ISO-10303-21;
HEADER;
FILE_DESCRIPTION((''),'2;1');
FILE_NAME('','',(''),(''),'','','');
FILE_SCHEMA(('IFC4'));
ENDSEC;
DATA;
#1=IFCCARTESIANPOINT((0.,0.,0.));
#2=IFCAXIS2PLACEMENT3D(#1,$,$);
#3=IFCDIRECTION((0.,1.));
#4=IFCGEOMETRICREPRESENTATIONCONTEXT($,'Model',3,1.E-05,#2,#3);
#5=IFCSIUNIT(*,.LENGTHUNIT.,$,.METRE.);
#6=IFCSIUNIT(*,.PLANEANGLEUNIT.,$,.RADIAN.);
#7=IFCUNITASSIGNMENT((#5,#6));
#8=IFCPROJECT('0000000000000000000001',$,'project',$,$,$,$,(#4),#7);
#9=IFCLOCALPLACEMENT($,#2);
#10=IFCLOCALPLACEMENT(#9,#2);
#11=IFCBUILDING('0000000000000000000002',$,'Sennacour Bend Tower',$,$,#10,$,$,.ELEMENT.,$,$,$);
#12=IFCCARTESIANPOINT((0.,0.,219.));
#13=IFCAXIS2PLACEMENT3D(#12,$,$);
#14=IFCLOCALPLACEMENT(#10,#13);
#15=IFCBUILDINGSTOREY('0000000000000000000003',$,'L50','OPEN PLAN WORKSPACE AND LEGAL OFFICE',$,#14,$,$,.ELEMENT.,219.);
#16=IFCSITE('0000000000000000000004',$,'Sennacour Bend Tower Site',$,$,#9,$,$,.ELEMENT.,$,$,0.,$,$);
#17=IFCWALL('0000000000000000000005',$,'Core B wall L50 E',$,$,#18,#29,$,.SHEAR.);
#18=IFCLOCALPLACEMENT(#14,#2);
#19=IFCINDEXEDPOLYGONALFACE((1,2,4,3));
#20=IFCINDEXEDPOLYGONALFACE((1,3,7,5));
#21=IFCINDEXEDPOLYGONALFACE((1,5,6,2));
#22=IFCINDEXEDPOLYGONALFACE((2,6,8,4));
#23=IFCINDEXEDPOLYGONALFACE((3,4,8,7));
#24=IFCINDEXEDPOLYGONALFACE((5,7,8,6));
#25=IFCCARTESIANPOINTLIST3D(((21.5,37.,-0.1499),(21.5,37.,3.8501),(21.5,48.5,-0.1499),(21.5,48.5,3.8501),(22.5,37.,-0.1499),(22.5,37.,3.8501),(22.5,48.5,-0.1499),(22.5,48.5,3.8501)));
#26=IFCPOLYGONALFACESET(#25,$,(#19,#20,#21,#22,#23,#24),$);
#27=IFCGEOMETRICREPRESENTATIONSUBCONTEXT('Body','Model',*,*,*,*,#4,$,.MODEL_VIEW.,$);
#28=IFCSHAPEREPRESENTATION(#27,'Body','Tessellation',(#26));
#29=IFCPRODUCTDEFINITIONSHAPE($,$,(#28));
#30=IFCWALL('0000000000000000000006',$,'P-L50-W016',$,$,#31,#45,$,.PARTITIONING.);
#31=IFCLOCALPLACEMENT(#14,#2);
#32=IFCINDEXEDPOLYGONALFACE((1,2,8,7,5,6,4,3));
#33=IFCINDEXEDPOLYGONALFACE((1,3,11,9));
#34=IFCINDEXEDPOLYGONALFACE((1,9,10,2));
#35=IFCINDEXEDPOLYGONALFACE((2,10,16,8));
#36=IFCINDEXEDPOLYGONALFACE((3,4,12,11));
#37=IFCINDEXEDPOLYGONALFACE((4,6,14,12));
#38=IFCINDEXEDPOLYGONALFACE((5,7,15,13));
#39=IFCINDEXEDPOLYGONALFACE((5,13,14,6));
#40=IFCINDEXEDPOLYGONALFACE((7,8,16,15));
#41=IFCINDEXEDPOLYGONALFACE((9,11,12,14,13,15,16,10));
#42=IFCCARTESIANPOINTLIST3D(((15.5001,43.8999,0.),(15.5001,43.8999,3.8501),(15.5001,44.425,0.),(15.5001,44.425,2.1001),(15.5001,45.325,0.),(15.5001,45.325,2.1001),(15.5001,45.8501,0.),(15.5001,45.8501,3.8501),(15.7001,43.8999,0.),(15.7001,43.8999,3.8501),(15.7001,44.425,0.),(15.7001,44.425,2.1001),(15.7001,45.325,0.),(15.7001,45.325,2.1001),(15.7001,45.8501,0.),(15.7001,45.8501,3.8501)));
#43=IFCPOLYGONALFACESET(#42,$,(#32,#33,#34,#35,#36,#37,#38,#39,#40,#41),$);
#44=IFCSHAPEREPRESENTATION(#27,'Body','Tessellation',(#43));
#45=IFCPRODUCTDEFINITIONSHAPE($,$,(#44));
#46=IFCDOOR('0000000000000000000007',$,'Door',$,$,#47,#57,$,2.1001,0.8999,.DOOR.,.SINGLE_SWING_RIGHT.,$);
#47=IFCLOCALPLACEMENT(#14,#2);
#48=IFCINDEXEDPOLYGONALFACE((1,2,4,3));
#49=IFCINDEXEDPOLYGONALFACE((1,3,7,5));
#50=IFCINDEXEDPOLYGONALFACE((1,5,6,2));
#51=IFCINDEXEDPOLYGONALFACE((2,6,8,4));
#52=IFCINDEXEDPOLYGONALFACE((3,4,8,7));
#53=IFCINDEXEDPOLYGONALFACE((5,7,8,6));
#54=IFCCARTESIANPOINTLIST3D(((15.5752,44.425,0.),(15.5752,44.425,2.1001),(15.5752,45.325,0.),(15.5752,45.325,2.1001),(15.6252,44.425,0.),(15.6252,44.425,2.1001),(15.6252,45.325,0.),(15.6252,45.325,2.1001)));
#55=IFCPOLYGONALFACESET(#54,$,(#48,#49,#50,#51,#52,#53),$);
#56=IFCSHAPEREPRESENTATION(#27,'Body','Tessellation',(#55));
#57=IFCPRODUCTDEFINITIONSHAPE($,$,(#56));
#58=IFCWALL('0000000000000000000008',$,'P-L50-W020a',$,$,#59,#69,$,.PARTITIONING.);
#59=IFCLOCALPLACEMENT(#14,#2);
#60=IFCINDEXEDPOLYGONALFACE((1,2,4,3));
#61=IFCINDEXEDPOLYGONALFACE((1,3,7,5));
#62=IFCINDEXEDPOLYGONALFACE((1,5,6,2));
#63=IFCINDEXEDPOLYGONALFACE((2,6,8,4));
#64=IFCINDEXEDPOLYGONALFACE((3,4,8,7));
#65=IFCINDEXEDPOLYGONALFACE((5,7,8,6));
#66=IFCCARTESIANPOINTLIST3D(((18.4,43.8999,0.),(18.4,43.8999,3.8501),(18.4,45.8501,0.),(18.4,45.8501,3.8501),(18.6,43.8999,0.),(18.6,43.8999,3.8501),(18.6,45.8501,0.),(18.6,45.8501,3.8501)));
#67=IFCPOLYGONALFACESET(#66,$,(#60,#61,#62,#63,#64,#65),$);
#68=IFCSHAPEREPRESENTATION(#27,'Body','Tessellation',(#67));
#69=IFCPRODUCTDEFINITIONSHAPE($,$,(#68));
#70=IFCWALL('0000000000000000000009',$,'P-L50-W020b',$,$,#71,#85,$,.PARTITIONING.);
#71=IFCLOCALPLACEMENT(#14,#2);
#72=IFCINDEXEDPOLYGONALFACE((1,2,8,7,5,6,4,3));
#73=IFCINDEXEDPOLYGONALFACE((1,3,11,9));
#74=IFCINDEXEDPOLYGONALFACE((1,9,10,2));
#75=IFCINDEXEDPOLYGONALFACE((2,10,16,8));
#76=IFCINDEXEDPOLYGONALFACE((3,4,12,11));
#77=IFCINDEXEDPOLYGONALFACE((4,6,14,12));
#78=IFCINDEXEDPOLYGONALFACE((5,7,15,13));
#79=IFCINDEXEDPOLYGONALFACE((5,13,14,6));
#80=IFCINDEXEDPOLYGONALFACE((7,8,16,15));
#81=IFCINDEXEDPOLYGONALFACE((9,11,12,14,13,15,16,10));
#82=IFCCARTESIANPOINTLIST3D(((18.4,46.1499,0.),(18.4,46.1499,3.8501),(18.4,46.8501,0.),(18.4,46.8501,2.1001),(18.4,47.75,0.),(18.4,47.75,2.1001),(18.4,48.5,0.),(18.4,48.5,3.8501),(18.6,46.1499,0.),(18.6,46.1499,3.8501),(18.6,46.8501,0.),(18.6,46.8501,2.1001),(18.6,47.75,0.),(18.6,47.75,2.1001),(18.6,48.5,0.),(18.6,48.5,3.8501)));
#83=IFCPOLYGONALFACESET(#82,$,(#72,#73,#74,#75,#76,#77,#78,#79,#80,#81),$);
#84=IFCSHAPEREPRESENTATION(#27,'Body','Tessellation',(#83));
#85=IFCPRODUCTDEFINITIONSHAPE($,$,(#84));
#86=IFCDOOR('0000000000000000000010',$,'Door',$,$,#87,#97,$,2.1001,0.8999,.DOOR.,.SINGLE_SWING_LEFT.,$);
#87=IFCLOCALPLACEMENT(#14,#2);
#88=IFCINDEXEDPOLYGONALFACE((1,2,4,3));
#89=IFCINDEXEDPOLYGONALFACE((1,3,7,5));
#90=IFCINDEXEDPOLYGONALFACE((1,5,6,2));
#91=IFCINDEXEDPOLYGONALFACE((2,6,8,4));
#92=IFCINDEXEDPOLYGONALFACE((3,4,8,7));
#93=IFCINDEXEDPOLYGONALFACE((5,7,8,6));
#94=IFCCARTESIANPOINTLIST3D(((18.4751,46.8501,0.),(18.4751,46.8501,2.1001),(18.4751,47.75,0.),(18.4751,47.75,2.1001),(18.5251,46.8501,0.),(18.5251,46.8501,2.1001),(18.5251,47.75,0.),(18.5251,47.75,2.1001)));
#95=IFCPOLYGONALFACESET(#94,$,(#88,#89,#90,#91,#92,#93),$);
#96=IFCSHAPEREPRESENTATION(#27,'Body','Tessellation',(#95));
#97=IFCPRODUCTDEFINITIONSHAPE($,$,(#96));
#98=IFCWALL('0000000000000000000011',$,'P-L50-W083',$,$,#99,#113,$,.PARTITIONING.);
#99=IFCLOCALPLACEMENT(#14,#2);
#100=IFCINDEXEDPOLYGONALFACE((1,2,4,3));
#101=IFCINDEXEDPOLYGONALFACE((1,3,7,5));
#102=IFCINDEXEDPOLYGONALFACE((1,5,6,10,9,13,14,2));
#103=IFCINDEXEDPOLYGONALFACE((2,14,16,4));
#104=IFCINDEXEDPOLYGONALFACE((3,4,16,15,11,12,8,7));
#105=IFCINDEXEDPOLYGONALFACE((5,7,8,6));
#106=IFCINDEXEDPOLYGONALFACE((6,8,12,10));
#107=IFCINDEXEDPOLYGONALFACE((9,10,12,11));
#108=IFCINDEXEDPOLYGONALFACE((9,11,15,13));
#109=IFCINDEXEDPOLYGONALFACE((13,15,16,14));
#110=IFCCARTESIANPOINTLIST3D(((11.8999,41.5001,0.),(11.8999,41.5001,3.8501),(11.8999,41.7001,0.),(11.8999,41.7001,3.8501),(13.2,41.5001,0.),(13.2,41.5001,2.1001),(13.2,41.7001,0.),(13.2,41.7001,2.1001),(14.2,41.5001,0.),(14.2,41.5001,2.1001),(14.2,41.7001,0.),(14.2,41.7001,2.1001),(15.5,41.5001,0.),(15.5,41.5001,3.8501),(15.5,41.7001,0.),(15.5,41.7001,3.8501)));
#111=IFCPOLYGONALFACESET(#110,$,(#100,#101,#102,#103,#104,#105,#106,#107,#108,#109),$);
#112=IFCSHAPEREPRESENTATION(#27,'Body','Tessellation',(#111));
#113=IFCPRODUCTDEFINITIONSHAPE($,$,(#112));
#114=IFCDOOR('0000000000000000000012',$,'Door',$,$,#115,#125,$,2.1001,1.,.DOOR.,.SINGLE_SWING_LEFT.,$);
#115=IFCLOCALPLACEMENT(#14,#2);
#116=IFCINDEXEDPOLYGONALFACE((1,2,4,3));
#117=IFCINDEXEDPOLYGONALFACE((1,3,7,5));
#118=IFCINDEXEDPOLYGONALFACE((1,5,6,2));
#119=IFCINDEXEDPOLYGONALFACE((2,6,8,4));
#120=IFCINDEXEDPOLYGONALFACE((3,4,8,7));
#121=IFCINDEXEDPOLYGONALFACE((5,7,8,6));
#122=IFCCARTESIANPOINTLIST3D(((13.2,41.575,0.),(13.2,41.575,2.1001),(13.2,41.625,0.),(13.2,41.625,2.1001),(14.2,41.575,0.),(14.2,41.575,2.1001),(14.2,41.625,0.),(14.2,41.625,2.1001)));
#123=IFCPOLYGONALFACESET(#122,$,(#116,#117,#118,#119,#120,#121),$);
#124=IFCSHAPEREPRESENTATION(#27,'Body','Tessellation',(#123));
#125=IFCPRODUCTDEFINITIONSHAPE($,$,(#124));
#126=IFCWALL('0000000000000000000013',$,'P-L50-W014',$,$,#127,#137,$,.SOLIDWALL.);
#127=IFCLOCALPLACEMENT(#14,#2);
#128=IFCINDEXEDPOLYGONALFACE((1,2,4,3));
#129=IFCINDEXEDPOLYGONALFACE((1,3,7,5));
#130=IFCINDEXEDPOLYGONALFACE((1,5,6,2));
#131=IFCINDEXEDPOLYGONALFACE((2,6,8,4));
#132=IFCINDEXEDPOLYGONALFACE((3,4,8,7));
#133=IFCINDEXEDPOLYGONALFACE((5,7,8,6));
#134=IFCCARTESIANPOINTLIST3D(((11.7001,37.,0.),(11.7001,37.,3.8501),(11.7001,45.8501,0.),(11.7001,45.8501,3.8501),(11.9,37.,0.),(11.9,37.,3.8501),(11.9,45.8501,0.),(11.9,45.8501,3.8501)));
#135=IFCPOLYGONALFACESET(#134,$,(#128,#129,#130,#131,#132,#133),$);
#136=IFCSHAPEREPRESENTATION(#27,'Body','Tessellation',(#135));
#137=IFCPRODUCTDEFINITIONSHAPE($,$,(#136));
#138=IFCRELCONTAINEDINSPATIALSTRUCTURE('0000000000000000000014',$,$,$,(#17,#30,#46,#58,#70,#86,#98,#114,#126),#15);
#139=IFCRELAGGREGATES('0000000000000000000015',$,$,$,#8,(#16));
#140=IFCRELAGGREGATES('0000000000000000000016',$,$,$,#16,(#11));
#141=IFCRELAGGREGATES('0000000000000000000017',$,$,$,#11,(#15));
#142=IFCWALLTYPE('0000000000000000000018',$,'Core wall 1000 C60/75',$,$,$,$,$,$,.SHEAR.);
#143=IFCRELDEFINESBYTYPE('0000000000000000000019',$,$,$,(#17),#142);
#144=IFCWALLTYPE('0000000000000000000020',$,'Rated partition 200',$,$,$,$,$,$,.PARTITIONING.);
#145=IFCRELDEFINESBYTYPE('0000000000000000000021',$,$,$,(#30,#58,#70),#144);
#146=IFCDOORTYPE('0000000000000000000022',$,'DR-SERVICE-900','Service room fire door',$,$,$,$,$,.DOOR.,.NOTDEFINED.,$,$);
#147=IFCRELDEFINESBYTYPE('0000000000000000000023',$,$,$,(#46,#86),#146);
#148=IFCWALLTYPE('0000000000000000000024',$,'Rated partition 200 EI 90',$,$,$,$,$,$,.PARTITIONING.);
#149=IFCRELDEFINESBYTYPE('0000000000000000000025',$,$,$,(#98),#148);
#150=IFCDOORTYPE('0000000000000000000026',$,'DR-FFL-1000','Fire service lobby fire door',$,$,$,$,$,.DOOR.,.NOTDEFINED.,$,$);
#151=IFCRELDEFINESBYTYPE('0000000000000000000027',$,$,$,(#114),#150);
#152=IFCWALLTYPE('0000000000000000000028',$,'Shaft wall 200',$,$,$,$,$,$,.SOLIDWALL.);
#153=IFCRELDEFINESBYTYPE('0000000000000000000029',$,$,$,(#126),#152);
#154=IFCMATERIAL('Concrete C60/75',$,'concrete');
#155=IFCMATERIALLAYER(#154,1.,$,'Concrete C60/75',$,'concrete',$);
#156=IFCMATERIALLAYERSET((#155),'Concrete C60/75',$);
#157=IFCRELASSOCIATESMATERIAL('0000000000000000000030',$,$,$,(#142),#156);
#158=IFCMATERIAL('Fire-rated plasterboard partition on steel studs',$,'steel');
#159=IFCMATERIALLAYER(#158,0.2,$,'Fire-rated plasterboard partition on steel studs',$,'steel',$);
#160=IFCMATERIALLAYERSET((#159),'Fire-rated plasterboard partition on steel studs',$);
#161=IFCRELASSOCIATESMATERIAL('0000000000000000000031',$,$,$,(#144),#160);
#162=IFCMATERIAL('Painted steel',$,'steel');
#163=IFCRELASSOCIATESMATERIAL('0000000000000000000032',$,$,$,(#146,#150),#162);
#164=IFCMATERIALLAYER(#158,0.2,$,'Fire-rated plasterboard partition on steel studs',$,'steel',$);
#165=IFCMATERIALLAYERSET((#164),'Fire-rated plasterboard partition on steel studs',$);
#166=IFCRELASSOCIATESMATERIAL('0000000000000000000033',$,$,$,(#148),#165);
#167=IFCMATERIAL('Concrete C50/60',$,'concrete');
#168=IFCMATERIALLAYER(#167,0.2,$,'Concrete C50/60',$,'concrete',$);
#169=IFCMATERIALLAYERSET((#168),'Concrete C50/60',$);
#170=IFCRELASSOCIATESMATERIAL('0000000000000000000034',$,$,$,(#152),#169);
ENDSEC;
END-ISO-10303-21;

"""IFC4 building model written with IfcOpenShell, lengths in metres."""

from ifc_helpers import new_model, si_unit, direction, frame, frame_2d, origin, place, context, subcontext, project, spatial, rectangle, extrude, material, layer, layer_set, type_object, element, fill, save


model = new_model("IFC4")

# Units and contexts
model_context = context("Model", 3, precision=1e-05, world=origin(), true_north=direction((0.0, 1.0)))
body_context = subcontext(model_context, "Body", "Model", "MODEL_VIEW")
ifc_project = project(units=[si_unit("LENGTHUNIT", "METRE"), si_unit("PLANEANGLEUNIT", "RADIAN")], contexts=[model_context])

# Site, building, storey
site_placement = place(None, origin())
site = spatial("IfcSite", under=ifc_project, at=site_placement, Name="Sennacour Bend Tower Site", CompositionType="ELEMENT", RefElevation=0.0)
building_placement = place(site_placement, origin())
building = spatial("IfcBuilding", under=site, at=building_placement, Name="Sennacour Bend Tower", CompositionType="ELEMENT")
storey_placement = place(building_placement, frame((0.0, 0.0, 219.0)))
storey = spatial("IfcBuildingStorey", under=building, at=storey_placement, Name="L50", Description="OPEN PLAN WORKSPACE AND LEGAL OFFICE", CompositionType="ELEMENT", Elevation=219.0)

# Wall
ifc_material_1 = material(Name="Concrete C60/75", Category="concrete")
ifc_layer_1 = layer(ifc_material_1, 1.0, Name="Concrete C60/75", Category="concrete")
ifc_layer_set_1 = layer_set([ifc_layer_1], Name="Concrete C60/75")
wall_type_1 = type_object("IfcWallType", Name="Core wall 1000 C60/75", PredefinedType="SHEAR", material=ifc_layer_set_1)
wall_1_placement = place(storey_placement, frame((22.0, 37.0, -0.1499), z_axis=(0.0, 0.0, 1.0), x_axis=(0.0, 1.0, 0.0)))
element("IfcWall", 1, at=wall_1_placement, inside=storey, type_object=wall_type_1, Name="Core B wall L50 E", PredefinedType="SHEAR", context=body_context, shape_type="SweptSolid", body=[
    extrude(rectangle(XDim=11.5, YDim=1.0, at=frame_2d((5.75, 0.0))), origin(), (0.0, 0.0, 1.0), 4.0),
])

# Wall, opening, door
ifc_material_2 = material(Name="Fire-rated plasterboard partition on steel studs", Category="steel")
ifc_layer_2 = layer(ifc_material_2, 0.2, Name="Fire-rated plasterboard partition on steel studs", Category="steel")
ifc_layer_set_2 = layer_set([ifc_layer_2], Name="Fire-rated plasterboard partition on steel studs")
wall_type_2 = type_object("IfcWallType", Name="Rated partition 200", PredefinedType="PARTITIONING", material=ifc_layer_set_2)
wall_2_placement = place(storey_placement, frame((15.6001, 43.8999, 0.0), z_axis=(0.0, 0.0, 1.0), x_axis=(0.0, 1.0, 0.0)))
wall_2 = element("IfcWall", 2, at=wall_2_placement, inside=storey, type_object=wall_type_2, Name="P-L50-W016", PredefinedType="PARTITIONING", context=body_context, shape_type="SweptSolid", body=[
    extrude(rectangle(XDim=1.9502, YDim=0.2, at=frame_2d((0.9751, 0.0))), origin(), (0.0, 0.0, 1.0), 3.8501),
])
opening_1_placement = place(wall_2_placement, frame((0.5251, 0.0, 0.0)))
opening_1 = element("IfcOpeningElement", 3, at=opening_1_placement, cuts=wall_2, PredefinedType="OPENING", context=body_context, shape_type="SweptSolid", body=[
    extrude(rectangle(XDim=0.8999, YDim=2.1001, at=frame_2d((0.45, 1.05))), frame((0.0, 0.1099, 0.0), z_axis=(0.0, -1.0, 0.0), x_axis=(1.0, 0.0, 0.0)), (0.0, 0.0, 1.0), 0.22),
])
ifc_material_3 = material(Name="Painted steel", Category="steel")
door_type_1 = type_object("IfcDoorType", Name="DR-SERVICE-900", Description="Service room fire door", OperationType="NOTDEFINED", PredefinedType="DOOR", material=ifc_material_3)
door_1_placement = place(opening_1_placement, origin())
door_1 = element("IfcDoor", 4, at=door_1_placement, inside=storey, type_object=door_type_1, Name="Door", OperationType="SINGLE_SWING_RIGHT", OverallHeight=2.1001, OverallWidth=0.8999, PredefinedType="DOOR", context=body_context, shape_type="SweptSolid", body=[
    extrude(rectangle(XDim=0.8999, YDim=2.1001, at=frame_2d((0.45, 1.05))), frame((0.0, 0.0249, 0.0), z_axis=(0.0, -1.0, 0.0), x_axis=(1.0, 0.0, 0.0)), (0.0, 0.0, 1.0), 0.05),
])
fill(opening_1, door_1)

# Wall
wall_3_placement = place(storey_placement, frame((18.5, 43.8999, 0.0), z_axis=(0.0, 0.0, 1.0), x_axis=(0.0, 1.0, 0.0)))
element("IfcWall", 5, at=wall_3_placement, inside=storey, type_object=wall_type_2, Name="P-L50-W020a", PredefinedType="PARTITIONING", context=body_context, shape_type="SweptSolid", body=[
    extrude(rectangle(XDim=1.9502, YDim=0.2, at=frame_2d((0.9751, 0.0))), origin(), (0.0, 0.0, 1.0), 3.8501),
])

# Walls, openings, doors
wall_4_placement = place(storey_placement, frame((18.5, 46.1499, 0.0), z_axis=(0.0, 0.0, 1.0), x_axis=(0.0, 1.0, 0.0)))
wall_4 = element("IfcWall", 6, at=wall_4_placement, inside=storey, type_object=wall_type_2, Name="P-L50-W020b", PredefinedType="PARTITIONING", context=body_context, shape_type="SweptSolid", body=[
    extrude(rectangle(XDim=2.3501, YDim=0.2, at=frame_2d((1.175, 0.0))), origin(), (0.0, 0.0, 1.0), 3.8501),
])
opening_2_placement = place(wall_4_placement, frame((0.7002, 0.0, 0.0)))
opening_2 = element("IfcOpeningElement", 7, at=opening_2_placement, cuts=wall_4, PredefinedType="OPENING", context=body_context, shape_type="SweptSolid", body=[
    extrude(rectangle(XDim=0.8999, YDim=2.1001, at=frame_2d((0.45, 1.05))), frame((0.0, 0.1099, 0.0), z_axis=(0.0, -1.0, 0.0), x_axis=(1.0, 0.0, 0.0)), (0.0, 0.0, 1.0), 0.22),
])
door_2_placement = place(opening_2_placement, origin())
door_2 = element("IfcDoor", 8, at=door_2_placement, inside=storey, type_object=door_type_1, Name="Door", OperationType="SINGLE_SWING_LEFT", OverallHeight=2.1001, OverallWidth=0.8999, PredefinedType="DOOR", context=body_context, shape_type="SweptSolid", body=[
    extrude(rectangle(XDim=0.8999, YDim=2.1001, at=frame_2d((0.45, 1.05))), frame((0.0, 0.0249, 0.0), z_axis=(0.0, -1.0, 0.0), x_axis=(1.0, 0.0, 0.0)), (0.0, 0.0, 1.0), 0.05),
])
fill(opening_2, door_2)
ifc_layer_3 = layer(ifc_material_2, 0.2, Name="Fire-rated plasterboard partition on steel studs", Category="steel")
ifc_layer_set_3 = layer_set([ifc_layer_3], Name="Fire-rated plasterboard partition on steel studs")
wall_type_3 = type_object("IfcWallType", Name="Rated partition 200 EI 90", PredefinedType="PARTITIONING", material=ifc_layer_set_3)
wall_5_placement = place(storey_placement, frame((11.8999, 41.6001, 0.0), z_axis=(0.0, 0.0, 1.0), x_axis=(1.0, 0.0, 0.0)))
wall_5 = element("IfcWall", 9, at=wall_5_placement, inside=storey, type_object=wall_type_3, Name="P-L50-W083", PredefinedType="PARTITIONING", context=body_context, shape_type="SweptSolid", body=[
    extrude(rectangle(XDim=3.6001, YDim=0.2, at=frame_2d((1.8, 0.0))), origin(), (0.0, 0.0, 1.0), 3.8501),
])
opening_3_placement = place(wall_5_placement, frame((1.3, 0.0, 0.0)))
opening_3 = element("IfcOpeningElement", 10, at=opening_3_placement, cuts=wall_5, PredefinedType="OPENING", context=body_context, shape_type="SweptSolid", body=[
    extrude(rectangle(XDim=1.0, YDim=2.1001, at=frame_2d((0.5, 1.05))), frame((0.0, 0.1099, 0.0), z_axis=(0.0, -1.0, 0.0), x_axis=(1.0, 0.0, 0.0)), (0.0, 0.0, 1.0), 0.22),
])
door_type_2 = type_object("IfcDoorType", Name="DR-FFL-1000", Description="Fire service lobby fire door", OperationType="NOTDEFINED", PredefinedType="DOOR", material=ifc_material_3)
door_3_placement = place(opening_3_placement, origin())
door_3 = element("IfcDoor", 11, at=door_3_placement, inside=storey, type_object=door_type_2, Name="Door", OperationType="SINGLE_SWING_LEFT", OverallHeight=2.1001, OverallWidth=1.0, PredefinedType="DOOR", context=body_context, shape_type="SweptSolid", body=[
    extrude(rectangle(XDim=1.0, YDim=2.1001, at=frame_2d((0.5, 1.05))), frame((0.0, 0.0249, 0.0), z_axis=(0.0, -1.0, 0.0), x_axis=(1.0, 0.0, 0.0)), (0.0, 0.0, 1.0), 0.05),
])
fill(opening_3, door_3)

# Wall
ifc_material_4 = material(Name="Concrete C50/60", Category="concrete")
ifc_layer_4 = layer(ifc_material_4, 0.2, Name="Concrete C50/60", Category="concrete")
ifc_layer_set_4 = layer_set([ifc_layer_4], Name="Concrete C50/60")
wall_type_4 = type_object("IfcWallType", Name="Shaft wall 200", PredefinedType="SOLIDWALL", material=ifc_layer_set_4)
wall_6_placement = place(storey_placement, frame((11.8, 37.0, 0.0), z_axis=(0.0, 0.0, 1.0), x_axis=(0.0, 1.0, 0.0)))
element("IfcWall", 12, at=wall_6_placement, inside=storey, type_object=wall_type_4, Name="P-L50-W014", PredefinedType="SOLIDWALL", context=body_context, shape_type="SweptSolid", body=[
    extrude(rectangle(XDim=8.8501, YDim=0.2, at=frame_2d((4.425, 0.0))), origin(), (0.0, 0.0, 1.0), 3.8501),
])

save(model, "model.ifc")
